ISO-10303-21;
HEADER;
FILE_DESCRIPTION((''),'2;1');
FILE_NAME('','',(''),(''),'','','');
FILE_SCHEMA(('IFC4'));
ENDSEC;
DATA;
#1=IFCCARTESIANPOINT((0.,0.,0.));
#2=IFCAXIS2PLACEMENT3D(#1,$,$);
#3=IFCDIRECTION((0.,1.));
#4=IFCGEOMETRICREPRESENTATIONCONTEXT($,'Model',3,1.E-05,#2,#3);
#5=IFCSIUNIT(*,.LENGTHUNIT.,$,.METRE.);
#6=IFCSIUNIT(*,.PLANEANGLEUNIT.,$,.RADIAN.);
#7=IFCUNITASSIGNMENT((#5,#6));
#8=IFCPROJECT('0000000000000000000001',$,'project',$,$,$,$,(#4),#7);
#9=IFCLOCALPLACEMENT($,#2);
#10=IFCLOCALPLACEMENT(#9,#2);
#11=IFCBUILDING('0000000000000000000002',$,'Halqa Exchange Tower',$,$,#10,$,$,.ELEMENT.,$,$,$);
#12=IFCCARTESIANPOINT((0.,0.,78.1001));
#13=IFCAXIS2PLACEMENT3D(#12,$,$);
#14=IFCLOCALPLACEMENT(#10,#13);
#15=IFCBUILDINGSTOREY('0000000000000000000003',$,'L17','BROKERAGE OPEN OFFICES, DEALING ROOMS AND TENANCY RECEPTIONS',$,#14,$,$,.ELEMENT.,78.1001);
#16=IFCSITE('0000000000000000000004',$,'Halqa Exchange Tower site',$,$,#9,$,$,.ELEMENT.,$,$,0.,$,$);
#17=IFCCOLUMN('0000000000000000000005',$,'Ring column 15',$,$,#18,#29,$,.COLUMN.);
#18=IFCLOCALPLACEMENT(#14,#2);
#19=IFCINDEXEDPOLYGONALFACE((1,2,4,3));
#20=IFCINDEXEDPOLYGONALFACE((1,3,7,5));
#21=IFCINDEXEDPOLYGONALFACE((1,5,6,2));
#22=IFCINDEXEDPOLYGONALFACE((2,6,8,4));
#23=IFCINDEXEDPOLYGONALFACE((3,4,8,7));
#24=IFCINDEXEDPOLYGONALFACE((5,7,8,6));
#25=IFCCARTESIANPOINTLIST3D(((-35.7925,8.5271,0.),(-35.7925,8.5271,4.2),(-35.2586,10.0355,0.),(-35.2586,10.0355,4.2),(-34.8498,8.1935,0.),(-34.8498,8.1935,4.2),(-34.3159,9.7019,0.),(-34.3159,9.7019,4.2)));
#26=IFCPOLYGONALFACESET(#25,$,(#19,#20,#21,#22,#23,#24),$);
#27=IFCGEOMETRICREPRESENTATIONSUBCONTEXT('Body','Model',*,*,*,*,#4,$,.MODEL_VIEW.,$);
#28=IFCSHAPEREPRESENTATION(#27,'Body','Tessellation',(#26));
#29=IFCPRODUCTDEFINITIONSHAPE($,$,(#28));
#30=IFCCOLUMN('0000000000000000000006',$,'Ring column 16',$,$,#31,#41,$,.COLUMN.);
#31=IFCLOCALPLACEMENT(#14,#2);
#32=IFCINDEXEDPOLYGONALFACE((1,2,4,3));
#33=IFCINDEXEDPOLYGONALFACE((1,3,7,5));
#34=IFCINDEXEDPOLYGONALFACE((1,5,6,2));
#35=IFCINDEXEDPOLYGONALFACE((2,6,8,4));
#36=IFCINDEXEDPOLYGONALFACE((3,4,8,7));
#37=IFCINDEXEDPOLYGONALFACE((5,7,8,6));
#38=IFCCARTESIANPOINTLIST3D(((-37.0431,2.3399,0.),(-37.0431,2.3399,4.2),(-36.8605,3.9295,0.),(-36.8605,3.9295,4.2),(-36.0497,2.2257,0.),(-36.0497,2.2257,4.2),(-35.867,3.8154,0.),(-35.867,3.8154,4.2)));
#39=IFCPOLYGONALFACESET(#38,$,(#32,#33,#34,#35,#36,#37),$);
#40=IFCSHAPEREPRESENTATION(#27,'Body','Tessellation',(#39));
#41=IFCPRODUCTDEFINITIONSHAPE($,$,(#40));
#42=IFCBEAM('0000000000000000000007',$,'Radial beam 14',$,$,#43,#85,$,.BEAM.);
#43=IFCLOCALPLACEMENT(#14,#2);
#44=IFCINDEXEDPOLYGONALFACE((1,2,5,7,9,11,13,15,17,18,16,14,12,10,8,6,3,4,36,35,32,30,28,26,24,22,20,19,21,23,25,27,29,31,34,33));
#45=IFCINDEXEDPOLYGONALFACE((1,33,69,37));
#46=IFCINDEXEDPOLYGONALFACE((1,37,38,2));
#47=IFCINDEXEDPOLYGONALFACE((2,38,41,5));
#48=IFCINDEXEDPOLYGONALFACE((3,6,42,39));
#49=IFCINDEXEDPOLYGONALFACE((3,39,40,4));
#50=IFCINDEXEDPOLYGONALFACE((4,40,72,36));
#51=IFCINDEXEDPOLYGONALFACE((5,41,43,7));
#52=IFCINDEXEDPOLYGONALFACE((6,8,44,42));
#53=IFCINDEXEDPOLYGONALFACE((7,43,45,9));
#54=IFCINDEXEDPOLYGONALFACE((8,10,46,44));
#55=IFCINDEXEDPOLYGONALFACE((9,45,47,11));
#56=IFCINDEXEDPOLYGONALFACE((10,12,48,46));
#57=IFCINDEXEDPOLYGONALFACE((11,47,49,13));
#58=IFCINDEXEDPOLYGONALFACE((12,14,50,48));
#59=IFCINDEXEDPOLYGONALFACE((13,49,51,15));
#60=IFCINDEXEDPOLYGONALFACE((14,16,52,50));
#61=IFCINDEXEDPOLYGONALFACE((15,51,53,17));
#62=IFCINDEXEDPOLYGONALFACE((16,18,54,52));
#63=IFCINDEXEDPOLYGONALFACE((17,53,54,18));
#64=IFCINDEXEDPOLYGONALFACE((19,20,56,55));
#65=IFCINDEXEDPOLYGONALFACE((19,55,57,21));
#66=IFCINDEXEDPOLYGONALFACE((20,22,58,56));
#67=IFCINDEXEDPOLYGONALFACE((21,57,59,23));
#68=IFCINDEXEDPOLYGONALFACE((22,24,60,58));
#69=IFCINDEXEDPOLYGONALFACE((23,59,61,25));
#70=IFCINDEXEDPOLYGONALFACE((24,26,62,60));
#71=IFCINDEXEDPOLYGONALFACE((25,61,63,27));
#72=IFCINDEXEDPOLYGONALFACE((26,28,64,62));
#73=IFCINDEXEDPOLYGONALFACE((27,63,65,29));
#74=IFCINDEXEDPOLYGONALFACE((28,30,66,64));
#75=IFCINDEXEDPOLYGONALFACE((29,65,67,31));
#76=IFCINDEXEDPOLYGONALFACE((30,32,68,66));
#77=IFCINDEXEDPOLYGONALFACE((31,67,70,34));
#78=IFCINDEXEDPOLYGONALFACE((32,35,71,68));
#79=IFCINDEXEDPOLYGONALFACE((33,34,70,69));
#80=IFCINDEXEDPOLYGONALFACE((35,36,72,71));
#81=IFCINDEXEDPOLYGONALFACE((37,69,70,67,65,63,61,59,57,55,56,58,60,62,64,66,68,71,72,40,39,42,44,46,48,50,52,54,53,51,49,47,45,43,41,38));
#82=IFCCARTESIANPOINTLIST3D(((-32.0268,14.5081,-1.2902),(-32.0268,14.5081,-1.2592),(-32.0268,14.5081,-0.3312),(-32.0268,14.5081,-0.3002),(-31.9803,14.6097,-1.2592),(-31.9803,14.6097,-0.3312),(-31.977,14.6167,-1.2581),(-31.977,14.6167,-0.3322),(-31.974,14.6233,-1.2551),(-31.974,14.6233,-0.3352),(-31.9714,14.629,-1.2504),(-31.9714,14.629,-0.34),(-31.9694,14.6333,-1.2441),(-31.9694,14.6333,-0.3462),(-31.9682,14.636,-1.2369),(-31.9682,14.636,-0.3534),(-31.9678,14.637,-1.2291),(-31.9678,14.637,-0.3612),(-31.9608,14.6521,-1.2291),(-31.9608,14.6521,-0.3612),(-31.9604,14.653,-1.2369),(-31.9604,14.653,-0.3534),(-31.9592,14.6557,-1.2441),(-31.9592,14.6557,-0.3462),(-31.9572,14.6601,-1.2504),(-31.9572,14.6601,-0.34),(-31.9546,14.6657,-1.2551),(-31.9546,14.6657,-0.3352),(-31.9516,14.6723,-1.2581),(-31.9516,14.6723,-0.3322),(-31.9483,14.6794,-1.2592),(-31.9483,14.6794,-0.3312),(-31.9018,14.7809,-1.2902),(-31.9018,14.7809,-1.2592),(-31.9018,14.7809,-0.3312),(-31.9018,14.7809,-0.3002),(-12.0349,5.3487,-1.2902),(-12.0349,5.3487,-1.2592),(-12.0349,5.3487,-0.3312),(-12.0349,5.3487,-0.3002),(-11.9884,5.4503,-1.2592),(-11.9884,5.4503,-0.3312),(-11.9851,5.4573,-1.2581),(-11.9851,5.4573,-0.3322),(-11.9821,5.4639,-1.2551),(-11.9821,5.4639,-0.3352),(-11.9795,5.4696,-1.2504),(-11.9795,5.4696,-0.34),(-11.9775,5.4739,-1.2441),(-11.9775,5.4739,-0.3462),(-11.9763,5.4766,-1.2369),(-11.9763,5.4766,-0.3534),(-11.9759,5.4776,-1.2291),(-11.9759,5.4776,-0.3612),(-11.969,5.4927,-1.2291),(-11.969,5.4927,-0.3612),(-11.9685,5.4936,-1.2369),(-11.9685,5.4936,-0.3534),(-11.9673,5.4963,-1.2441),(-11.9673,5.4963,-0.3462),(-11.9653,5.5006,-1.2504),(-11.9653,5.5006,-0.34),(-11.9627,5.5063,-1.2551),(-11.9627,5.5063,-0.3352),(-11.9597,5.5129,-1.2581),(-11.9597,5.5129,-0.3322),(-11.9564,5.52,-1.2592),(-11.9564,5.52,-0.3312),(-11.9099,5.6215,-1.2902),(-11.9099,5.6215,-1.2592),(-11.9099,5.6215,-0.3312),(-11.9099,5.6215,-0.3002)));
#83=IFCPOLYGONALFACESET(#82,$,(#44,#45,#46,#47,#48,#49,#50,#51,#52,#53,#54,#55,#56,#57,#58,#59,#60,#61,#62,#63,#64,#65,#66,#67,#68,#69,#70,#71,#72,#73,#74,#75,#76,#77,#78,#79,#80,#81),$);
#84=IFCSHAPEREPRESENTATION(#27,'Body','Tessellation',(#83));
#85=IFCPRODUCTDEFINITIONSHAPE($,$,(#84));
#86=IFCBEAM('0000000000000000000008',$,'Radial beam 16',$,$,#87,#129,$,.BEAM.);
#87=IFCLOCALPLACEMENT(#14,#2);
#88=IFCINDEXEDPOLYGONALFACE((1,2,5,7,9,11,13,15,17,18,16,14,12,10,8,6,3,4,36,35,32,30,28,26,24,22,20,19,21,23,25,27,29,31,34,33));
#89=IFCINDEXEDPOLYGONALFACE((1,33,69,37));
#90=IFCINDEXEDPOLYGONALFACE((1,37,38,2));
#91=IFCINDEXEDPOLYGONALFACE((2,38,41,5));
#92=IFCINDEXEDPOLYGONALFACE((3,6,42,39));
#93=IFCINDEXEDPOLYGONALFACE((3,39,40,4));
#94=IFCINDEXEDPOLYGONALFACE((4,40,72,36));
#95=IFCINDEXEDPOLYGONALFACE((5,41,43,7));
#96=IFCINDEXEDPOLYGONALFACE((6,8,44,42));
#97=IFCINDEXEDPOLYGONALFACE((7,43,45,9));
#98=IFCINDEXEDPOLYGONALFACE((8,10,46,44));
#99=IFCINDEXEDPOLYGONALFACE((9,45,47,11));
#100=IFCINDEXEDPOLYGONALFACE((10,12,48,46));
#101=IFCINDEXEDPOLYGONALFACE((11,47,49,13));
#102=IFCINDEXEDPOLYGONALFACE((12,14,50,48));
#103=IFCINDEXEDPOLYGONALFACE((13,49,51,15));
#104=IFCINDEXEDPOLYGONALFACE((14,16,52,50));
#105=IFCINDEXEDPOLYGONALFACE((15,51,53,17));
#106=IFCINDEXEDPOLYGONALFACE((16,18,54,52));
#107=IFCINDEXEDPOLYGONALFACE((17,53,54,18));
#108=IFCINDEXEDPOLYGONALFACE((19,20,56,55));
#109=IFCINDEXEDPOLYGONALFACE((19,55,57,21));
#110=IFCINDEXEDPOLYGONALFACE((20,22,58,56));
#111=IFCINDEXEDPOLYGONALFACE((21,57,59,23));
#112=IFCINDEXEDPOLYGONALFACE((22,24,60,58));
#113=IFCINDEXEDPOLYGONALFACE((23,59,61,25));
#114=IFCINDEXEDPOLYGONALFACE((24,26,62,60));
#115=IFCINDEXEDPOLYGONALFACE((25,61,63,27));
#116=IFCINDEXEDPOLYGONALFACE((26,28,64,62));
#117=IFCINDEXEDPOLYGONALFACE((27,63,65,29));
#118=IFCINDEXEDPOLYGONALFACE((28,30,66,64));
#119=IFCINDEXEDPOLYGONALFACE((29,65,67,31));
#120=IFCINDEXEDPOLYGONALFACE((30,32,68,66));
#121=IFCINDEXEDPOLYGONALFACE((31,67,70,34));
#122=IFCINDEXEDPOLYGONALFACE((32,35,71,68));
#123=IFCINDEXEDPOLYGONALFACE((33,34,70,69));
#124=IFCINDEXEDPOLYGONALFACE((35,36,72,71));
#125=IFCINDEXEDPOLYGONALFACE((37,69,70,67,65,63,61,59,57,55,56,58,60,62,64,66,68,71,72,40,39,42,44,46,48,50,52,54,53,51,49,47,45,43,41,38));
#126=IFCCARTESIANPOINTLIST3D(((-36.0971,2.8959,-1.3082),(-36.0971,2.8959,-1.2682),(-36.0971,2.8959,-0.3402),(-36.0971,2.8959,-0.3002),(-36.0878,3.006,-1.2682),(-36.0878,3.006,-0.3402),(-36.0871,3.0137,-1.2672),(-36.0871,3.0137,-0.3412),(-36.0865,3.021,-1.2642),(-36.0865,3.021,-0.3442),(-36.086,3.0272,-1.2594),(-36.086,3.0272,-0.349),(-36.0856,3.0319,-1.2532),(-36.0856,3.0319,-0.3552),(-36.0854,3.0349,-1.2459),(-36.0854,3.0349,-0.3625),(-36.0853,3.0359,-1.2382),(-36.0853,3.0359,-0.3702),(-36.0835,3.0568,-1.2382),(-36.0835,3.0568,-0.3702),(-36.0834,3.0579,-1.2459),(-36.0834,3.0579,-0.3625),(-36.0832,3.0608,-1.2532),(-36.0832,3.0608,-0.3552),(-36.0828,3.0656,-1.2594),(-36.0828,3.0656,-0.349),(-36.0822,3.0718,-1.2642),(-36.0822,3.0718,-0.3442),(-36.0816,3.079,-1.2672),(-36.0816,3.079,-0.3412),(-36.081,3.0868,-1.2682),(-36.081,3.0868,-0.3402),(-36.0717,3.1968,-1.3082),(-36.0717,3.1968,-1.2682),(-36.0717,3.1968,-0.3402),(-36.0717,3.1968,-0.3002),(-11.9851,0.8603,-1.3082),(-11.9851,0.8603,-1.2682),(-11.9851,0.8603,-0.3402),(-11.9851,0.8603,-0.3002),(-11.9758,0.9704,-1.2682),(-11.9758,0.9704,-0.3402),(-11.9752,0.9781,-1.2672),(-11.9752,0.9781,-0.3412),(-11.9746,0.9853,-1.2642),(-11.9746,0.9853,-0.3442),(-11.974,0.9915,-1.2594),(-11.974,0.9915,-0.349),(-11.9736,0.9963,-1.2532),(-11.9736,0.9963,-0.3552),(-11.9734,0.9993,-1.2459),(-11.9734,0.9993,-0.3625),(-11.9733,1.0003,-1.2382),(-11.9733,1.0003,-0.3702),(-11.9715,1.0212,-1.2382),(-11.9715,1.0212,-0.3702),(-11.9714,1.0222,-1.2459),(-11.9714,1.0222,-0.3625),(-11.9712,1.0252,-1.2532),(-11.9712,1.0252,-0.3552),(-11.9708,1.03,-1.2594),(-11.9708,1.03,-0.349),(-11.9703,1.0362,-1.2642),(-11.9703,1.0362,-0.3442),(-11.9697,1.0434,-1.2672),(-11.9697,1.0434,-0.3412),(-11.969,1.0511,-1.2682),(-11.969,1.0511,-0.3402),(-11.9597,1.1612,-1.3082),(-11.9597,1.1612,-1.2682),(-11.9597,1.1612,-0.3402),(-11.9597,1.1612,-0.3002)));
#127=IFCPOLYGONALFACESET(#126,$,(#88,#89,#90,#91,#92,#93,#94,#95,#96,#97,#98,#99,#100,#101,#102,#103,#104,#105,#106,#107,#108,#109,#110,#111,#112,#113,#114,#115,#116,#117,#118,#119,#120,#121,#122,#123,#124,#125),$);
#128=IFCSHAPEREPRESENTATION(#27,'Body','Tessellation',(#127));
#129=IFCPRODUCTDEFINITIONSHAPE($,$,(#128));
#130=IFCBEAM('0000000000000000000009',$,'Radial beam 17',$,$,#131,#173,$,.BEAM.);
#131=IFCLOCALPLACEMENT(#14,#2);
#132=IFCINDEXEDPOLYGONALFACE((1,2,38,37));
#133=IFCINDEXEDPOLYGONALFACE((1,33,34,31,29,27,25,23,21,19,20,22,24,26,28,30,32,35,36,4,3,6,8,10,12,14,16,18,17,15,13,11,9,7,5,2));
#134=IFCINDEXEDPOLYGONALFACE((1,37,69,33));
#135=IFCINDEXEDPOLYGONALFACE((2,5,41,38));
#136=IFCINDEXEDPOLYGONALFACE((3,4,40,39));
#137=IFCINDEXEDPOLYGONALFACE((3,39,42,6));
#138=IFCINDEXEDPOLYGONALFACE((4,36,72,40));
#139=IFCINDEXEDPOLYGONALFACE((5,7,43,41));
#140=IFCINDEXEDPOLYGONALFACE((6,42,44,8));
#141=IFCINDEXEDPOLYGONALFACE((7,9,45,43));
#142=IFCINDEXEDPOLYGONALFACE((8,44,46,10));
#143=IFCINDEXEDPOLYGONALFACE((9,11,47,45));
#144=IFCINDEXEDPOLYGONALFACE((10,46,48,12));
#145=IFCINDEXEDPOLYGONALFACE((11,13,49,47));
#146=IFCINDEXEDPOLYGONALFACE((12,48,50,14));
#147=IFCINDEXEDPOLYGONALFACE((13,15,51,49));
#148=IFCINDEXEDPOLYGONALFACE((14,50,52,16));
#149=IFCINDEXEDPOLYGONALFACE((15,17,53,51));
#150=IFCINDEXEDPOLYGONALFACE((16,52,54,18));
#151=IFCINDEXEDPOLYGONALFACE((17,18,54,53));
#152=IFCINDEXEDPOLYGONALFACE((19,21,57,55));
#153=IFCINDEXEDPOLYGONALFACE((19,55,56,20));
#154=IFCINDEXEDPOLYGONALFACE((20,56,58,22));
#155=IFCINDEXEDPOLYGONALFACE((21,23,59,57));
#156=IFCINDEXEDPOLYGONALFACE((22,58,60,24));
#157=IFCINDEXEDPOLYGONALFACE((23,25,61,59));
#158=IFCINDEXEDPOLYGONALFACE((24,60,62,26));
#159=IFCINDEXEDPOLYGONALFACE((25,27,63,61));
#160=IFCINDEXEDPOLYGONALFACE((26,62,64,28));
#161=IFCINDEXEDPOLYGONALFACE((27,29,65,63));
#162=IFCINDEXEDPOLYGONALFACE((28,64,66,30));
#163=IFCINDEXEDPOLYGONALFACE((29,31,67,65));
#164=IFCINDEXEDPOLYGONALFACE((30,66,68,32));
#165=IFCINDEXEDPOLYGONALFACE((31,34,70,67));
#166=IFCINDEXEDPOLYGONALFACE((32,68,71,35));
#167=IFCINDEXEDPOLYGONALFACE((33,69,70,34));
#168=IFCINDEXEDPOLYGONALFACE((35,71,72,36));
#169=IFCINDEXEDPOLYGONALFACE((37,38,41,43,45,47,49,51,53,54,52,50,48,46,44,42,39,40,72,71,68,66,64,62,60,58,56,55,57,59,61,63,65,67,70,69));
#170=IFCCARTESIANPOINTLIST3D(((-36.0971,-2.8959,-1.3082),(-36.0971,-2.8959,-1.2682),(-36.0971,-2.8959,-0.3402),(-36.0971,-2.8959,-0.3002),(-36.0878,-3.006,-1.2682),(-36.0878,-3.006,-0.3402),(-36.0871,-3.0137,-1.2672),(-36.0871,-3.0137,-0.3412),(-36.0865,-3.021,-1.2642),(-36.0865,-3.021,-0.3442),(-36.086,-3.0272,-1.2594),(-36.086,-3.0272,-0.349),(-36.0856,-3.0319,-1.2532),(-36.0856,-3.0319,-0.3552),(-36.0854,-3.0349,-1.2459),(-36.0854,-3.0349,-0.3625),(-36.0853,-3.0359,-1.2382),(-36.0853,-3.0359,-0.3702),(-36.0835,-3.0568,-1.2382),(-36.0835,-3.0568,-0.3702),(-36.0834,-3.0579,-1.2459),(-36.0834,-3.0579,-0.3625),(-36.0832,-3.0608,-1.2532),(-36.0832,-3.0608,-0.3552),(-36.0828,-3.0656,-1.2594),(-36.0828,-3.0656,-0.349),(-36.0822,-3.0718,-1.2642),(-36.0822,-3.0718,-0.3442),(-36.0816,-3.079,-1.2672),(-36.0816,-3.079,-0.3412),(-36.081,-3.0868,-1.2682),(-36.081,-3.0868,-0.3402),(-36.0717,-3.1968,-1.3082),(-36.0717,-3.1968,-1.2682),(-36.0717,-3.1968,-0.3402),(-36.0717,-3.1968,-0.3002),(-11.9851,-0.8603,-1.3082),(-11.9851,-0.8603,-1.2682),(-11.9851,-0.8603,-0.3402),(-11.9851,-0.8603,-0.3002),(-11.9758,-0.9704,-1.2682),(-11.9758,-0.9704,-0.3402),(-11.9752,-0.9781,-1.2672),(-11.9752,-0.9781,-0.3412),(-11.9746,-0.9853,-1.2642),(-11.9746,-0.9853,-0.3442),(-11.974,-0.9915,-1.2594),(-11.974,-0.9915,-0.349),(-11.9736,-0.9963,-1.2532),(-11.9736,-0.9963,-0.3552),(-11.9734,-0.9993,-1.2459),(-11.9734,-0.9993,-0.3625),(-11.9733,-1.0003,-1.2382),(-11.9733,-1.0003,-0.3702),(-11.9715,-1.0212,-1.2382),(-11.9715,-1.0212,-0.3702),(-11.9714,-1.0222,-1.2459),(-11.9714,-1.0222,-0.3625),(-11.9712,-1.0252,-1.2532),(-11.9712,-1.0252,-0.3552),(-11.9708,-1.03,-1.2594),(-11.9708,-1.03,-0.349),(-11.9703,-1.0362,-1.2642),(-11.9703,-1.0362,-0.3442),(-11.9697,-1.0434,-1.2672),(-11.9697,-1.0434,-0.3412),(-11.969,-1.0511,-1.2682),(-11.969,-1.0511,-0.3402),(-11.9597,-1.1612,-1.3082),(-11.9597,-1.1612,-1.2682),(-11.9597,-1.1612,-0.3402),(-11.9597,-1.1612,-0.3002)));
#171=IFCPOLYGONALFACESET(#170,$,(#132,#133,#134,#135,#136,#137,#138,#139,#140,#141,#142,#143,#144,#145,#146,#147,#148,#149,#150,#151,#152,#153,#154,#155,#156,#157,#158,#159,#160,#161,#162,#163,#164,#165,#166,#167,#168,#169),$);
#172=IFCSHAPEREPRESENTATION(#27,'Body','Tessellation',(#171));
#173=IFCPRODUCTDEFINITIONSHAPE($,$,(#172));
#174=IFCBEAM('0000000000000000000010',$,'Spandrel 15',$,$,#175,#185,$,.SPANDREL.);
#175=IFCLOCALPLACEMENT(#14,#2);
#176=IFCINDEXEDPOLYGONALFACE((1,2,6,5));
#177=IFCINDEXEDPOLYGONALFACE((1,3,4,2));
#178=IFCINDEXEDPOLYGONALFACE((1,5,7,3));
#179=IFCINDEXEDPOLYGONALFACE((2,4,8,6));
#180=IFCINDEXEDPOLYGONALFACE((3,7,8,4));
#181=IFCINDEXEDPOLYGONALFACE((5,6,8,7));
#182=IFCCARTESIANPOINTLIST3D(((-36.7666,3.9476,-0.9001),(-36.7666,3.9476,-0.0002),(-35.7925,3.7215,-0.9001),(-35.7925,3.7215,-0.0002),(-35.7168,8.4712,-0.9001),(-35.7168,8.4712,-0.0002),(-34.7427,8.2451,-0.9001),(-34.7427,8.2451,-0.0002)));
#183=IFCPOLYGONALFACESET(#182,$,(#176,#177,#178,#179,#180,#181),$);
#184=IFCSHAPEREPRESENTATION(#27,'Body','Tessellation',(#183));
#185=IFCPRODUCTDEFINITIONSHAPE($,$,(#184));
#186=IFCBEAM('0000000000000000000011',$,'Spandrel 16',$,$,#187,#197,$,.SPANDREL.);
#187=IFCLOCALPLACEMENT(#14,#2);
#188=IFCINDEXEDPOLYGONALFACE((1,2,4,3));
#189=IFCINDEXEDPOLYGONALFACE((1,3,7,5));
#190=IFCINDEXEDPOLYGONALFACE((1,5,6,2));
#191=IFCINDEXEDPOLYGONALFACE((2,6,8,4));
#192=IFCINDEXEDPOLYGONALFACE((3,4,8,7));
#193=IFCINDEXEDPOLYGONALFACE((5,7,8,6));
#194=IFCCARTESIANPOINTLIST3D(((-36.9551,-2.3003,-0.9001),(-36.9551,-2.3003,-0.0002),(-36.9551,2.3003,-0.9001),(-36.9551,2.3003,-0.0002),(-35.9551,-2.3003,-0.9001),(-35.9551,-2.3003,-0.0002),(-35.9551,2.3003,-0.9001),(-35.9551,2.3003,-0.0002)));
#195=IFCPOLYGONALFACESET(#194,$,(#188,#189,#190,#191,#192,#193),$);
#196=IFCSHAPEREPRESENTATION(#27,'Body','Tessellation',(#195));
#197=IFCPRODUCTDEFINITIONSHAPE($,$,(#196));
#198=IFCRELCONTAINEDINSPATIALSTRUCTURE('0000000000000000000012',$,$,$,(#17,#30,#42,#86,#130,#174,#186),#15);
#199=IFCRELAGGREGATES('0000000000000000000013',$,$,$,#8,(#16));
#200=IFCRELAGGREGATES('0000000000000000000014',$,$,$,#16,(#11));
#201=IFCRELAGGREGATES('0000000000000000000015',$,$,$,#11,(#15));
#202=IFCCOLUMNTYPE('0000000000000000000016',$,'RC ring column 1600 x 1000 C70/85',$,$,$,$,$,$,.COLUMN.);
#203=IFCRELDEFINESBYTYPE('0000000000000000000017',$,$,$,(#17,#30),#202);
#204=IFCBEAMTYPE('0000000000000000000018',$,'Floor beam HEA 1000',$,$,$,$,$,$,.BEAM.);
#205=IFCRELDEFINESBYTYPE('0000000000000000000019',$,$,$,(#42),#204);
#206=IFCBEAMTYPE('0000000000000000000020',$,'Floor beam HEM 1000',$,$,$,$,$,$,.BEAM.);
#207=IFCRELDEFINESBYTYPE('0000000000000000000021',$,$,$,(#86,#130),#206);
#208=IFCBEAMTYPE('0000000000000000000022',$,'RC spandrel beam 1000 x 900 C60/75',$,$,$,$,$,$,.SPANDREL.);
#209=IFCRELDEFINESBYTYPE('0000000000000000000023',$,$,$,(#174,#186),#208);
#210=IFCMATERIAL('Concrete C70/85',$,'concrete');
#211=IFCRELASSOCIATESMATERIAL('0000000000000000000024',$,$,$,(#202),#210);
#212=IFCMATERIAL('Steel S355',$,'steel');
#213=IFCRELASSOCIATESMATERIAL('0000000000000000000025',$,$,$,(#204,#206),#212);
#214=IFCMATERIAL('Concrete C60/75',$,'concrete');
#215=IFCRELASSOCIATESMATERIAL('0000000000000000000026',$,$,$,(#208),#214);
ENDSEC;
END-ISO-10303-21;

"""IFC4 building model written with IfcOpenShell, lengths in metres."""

from ifc_helpers import new_model, si_unit, direction, frame, origin, origin_2d, place, context, subcontext, project, spatial, rectangle, i_section, extrude, material, material_profile, profile_set, type_object, element, save


model = new_model("IFC4")

# Units and contexts
model_context = context("Model", 3, precision=1e-05, world=origin(), true_north=direction((0.0, 1.0)))
body_context = subcontext(model_context, "Body", "Model", "MODEL_VIEW")
ifc_project = project(units=[si_unit("LENGTHUNIT", "METRE"), si_unit("PLANEANGLEUNIT", "RADIAN")], contexts=[model_context])

# Site, building, storey
site_placement = place(None, origin())
site = spatial("IfcSite", under=ifc_project, at=site_placement, Name="Halqa Exchange Tower site", CompositionType="ELEMENT", RefElevation=0.0)
building_placement = place(site_placement, origin())
building = spatial("IfcBuilding", under=site, at=building_placement, Name="Halqa Exchange Tower", CompositionType="ELEMENT")
storey_placement = place(building_placement, frame((0.0, 0.0, 78.1001)))
storey = spatial("IfcBuildingStorey", under=building, at=storey_placement, Name="L17", Description="BROKERAGE OPEN OFFICES, DEALING ROOMS AND TENANCY RECEPTIONS", CompositionType="ELEMENT", Elevation=78.1001)

# Columns
ifc_material_1 = material(Name="Concrete C70/85", Category="concrete")
ifc_material_profile_1 = material_profile(ifc_material_1, rectangle(XDim=1.6001, YDim=1.0, at=origin_2d()), Name="1600 x 1000")
ifc_profile_set_1 = profile_set([ifc_material_profile_1], Name="Concrete C70/85")
column_type = type_object("IfcColumnType", Name="RC ring column 1600 x 1000 C70/85", PredefinedType="COLUMN", material=ifc_profile_set_1)
for number, where, z_axis, x_axis, name in (
    (1, (-35.0542, 9.1145, 0.0), (0.0, 0.0, 1.0), (-0.333624, -0.942706, 0.0), "Ring column 15"),
    (2, (-36.4551, 3.0776, 0.0), (0.0, 0.0, 1.0), (-0.114152, -0.993463, 0.0), "Ring column 16"),
):
    element("IfcColumn", number, at=place(storey_placement, frame(where, z_axis=z_axis, x_axis=x_axis)), inside=storey, type_object=column_type, Name=name, PredefinedType="COLUMN", context=body_context, shape_type="SweptSolid", body=[
        extrude(rectangle(XDim=1.6001, YDim=1.0, at=origin_2d()), origin(), (0.0, 0.0, 1.0), 4.2),
    ])

# Beams
ifc_material_2 = material(Name="Steel S355", Category="steel")
ifc_material_profile_2 = material_profile(ifc_material_2, i_section(OverallWidth=0.3, OverallDepth=0.99, WebThickness=0.0166, FlangeThickness=0.031, FilletRadius=0.03, at=origin_2d()), Name="HEA 1000")
ifc_profile_set_2 = profile_set([ifc_material_profile_2], Name="Steel S355")
beam_type_1 = type_object("IfcBeamType", Name="Floor beam HEA 1000", PredefinedType="BEAM", material=ifc_profile_set_2)
beam_1_placement = place(storey_placement, frame((-11.9724, 5.4851, -0.7952), z_axis=(-0.909126, 0.416521, 0.0), x_axis=(-0.416521, -0.909126, 0.0)))
element("IfcBeam", 3, at=beam_1_placement, inside=storey, type_object=beam_type_1, Name="Radial beam 14", PredefinedType="BEAM", context=body_context, shape_type="SweptSolid", body=[
    extrude(i_section(OverallWidth=0.3, OverallDepth=0.99, WebThickness=0.0166, FlangeThickness=0.031, FilletRadius=0.03, at=origin_2d()), origin(), (0.0, 0.0, 1.0), 21.9902),
])
ifc_material_profile_3 = material_profile(ifc_material_2, i_section(OverallWidth=0.302, OverallDepth=1.0081, WebThickness=0.021, FlangeThickness=0.04, FilletRadius=0.03, at=origin_2d()), Name="HEM 1000")
ifc_profile_set_3 = profile_set([ifc_material_profile_3], Name="Steel S355")
beam_type_2 = type_object("IfcBeamType", Name="Floor beam HEM 1000", PredefinedType="BEAM", material=ifc_profile_set_3)
for number, where, z_axis, x_axis, name in (
    (4, (-11.9724, 1.0107, -0.8042), (-0.996455, 0.084125, 0.0), (-0.084125, -0.996455, 0.0), "Radial beam 16"),
    (5, (-11.9724, -1.0107, -0.8042), (-0.996455, -0.084125, 0.0), (0.084125, -0.996455, 0.0), "Radial beam 17"),
):
    element("IfcBeam", number, at=place(storey_placement, frame(where, z_axis=z_axis, x_axis=x_axis)), inside=storey, type_object=beam_type_2, Name=name, PredefinedType="BEAM", context=body_context, shape_type="SweptSolid", body=[
        extrude(i_section(OverallWidth=0.302, OverallDepth=1.0081, WebThickness=0.021, FlangeThickness=0.04, FilletRadius=0.03, at=origin_2d()), origin(), (0.0, 0.0, 1.0), 24.1978),
    ])
ifc_material_3 = material(Name="Concrete C60/75", Category="concrete")
ifc_material_profile_4 = material_profile(ifc_material_3, rectangle(XDim=1.0, YDim=0.8999, at=origin_2d()), Name="1000 x 900")
ifc_profile_set_4 = profile_set([ifc_material_profile_4], Name="Concrete C60/75")
beam_type_3 = type_object("IfcBeamType", Name="RC spandrel beam 1000 x 900 C60/75", PredefinedType="SPANDREL", material=ifc_profile_set_4)
beam_2_placement = place(storey_placement, frame((-35.2297, 8.3582, -0.4502), z_axis=(-0.226061, -0.974113, 0.0), x_axis=(0.974113, -0.226061, 0.0)))
element("IfcBeam", 6, at=beam_2_placement, inside=storey, type_object=beam_type_3, Name="Spandrel 15", PredefinedType="SPANDREL", context=body_context, shape_type="SweptSolid", body=[
    extrude(rectangle(XDim=1.0, YDim=0.8999, at=origin_2d()), origin(), (0.0, 0.0, 1.0), 4.6438),
])
beam_3_placement = place(storey_placement, frame((-36.4551, 2.3003, -0.4502), z_axis=(0.0, -1.0, 0.0), x_axis=(1.0, 0.0, 0.0)))
element("IfcBeam", 7, at=beam_3_placement, inside=storey, type_object=beam_type_3, Name="Spandrel 16", PredefinedType="SPANDREL", context=body_context, shape_type="SweptSolid", body=[
    extrude(rectangle(XDim=1.0, YDim=0.8999, at=origin_2d()), origin(), (0.0, 0.0, 1.0), 4.6006),
])

save(model, "model.ifc")
